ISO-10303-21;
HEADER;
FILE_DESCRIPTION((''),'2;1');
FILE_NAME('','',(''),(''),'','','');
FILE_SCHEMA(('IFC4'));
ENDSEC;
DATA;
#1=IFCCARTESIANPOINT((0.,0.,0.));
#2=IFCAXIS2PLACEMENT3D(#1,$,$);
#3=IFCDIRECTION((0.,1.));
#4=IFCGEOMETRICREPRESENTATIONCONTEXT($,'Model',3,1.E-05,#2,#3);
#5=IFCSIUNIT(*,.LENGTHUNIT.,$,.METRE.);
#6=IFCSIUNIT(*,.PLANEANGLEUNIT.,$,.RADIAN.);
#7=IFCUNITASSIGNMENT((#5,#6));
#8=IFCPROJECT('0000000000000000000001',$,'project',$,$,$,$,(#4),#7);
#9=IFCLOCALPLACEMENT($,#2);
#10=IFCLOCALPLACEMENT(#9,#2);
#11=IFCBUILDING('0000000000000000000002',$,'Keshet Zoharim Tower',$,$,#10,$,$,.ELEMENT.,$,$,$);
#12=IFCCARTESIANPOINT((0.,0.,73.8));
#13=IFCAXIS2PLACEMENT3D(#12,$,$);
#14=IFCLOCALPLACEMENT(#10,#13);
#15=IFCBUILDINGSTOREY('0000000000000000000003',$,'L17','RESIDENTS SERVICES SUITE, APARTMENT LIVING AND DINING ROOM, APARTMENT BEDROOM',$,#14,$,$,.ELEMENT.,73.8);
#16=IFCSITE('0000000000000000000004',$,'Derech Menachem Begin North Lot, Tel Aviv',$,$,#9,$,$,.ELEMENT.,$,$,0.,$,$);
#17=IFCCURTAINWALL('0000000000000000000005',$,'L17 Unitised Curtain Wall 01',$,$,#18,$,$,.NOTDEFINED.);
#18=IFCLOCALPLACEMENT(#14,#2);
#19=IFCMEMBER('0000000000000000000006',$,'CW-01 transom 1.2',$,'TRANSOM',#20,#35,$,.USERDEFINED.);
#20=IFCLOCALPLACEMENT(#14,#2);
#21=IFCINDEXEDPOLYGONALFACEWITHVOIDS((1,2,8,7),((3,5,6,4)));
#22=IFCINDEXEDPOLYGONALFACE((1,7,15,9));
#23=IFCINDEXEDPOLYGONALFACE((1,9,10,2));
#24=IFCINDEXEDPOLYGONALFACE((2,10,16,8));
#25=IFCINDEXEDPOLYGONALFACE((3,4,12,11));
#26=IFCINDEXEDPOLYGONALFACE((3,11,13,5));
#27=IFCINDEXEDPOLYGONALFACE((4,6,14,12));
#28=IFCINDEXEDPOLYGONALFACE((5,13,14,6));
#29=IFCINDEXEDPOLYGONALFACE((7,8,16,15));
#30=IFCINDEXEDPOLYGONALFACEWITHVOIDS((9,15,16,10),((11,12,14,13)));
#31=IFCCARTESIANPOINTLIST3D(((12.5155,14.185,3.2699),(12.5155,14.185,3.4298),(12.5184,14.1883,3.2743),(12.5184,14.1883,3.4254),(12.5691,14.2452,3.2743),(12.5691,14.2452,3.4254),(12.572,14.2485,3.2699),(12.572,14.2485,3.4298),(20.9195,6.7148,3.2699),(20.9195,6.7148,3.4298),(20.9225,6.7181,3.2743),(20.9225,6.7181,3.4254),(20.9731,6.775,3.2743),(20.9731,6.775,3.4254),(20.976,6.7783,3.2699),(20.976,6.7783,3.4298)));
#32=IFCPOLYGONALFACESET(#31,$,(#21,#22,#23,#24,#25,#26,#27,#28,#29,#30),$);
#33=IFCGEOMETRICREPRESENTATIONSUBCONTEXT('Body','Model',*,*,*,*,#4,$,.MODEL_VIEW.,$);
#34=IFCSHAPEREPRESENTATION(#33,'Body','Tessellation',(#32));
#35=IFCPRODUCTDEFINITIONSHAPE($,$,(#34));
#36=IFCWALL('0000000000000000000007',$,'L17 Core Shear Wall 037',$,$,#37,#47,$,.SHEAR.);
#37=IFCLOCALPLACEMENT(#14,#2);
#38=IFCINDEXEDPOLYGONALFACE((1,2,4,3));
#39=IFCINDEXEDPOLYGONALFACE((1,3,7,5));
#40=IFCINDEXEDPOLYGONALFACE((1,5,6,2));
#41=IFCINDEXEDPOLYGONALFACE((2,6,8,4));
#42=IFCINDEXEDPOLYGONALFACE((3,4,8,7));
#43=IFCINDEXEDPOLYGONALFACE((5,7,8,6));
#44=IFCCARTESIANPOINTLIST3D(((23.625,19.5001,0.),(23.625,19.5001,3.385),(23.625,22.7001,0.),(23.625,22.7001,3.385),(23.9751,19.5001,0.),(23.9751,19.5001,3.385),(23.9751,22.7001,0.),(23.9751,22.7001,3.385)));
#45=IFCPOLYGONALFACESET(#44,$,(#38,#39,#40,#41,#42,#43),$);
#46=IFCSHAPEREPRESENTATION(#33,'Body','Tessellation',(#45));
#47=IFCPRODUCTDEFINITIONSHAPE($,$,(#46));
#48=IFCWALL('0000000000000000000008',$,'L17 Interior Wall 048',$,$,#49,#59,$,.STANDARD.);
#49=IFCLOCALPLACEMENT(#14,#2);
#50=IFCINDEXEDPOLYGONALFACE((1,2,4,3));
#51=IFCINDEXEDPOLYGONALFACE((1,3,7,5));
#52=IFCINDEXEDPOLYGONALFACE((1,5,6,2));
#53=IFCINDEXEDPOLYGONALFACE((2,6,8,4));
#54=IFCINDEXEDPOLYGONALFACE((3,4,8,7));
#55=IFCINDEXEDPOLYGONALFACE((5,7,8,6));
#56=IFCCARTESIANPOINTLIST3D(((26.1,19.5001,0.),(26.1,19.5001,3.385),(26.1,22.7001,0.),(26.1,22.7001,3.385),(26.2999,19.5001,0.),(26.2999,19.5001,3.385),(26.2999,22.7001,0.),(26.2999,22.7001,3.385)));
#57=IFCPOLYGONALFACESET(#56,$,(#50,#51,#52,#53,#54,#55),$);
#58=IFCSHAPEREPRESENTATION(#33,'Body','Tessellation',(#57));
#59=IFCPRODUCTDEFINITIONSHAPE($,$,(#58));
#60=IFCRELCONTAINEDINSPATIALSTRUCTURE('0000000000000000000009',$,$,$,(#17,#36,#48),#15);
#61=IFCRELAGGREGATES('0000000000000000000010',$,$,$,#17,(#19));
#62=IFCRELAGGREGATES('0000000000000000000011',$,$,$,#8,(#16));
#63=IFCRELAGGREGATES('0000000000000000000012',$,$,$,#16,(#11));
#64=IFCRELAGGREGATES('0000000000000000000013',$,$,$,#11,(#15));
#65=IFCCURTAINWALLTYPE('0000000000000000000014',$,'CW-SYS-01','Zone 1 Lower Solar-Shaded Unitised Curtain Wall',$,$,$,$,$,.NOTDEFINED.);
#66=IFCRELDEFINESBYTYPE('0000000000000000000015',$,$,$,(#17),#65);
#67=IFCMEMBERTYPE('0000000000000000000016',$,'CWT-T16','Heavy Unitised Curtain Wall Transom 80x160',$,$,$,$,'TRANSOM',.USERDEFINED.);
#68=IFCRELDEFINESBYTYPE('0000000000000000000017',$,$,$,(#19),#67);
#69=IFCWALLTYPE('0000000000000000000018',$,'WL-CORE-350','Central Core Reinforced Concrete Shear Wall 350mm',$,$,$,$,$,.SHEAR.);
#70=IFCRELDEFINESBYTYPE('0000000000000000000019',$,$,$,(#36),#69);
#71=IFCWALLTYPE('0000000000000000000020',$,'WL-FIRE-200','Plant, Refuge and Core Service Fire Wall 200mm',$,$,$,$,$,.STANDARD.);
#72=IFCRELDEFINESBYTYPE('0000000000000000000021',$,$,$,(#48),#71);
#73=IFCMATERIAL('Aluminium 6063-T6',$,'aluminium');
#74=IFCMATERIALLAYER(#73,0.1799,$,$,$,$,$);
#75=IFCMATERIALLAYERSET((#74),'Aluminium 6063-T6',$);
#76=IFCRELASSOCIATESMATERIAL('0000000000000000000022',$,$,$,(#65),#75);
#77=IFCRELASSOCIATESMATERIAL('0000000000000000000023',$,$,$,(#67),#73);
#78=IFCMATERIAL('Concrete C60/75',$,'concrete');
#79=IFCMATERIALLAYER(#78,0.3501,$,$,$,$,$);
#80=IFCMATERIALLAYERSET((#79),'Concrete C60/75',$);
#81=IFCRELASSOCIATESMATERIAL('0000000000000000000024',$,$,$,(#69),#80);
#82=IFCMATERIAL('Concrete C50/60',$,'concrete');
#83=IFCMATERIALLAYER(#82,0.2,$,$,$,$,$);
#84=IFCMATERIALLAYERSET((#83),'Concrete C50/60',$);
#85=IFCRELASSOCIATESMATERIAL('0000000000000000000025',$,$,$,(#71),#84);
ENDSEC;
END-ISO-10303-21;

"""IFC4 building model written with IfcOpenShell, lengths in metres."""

from ifc_helpers import new_model, si_unit, direction, frame, frame_2d, origin, origin_2d, place, context, subcontext, project, spatial, rectangle, hollow_rectangle, extrude, material, layer, layer_set, material_profile, profile_set, type_object, element, aggregate, save


model = new_model("IFC4")

# Units and contexts
model_context = context("Model", 3, precision=1e-05, world=origin(), true_north=direction((0.0, 1.0)))
body_context = subcontext(model_context, "Body", "Model", "MODEL_VIEW")
ifc_project = project(units=[si_unit("LENGTHUNIT", "METRE"), si_unit("PLANEANGLEUNIT", "RADIAN")], contexts=[model_context])

# Site, building, storey
site_placement = place(None, origin())
site = spatial("IfcSite", under=ifc_project, at=site_placement, Name="Derech Menachem Begin North Lot, Tel Aviv", CompositionType="ELEMENT", RefElevation=0.0)
building_placement = place(site_placement, origin())
building = spatial("IfcBuilding", under=site, at=building_placement, Name="Keshet Zoharim Tower", CompositionType="ELEMENT")
storey_placement = place(building_placement, frame((0.0, 0.0, 73.8)))
storey = spatial("IfcBuildingStorey", under=building, at=storey_placement, Name="L17", Description="RESIDENTS SERVICES SUITE, APARTMENT LIVING AND DINING ROOM, APARTMENT BEDROOM", CompositionType="ELEMENT", Elevation=73.8)

# Shared definitions
ifc_material_1 = material(Name="Concrete C60/75", Category="concrete")

# Curtain wall, member
ifc_material_2 = material(Name="Aluminium 6063-T6", Category="aluminium")
ifc_layer_1 = layer(ifc_material_2, 0.1799)
ifc_layer_set_1 = layer_set([ifc_layer_1], Name="Aluminium 6063-T6")
curtain_wall_type = type_object("IfcCurtainWallType", Name="CW-SYS-01", Description="Zone 1 Lower Solar-Shaded Unitised Curtain Wall", PredefinedType="NOTDEFINED", material=ifc_layer_set_1)
curtain_wall_placement = place(storey_placement, origin())
curtain_wall = element("IfcCurtainWall", 1, at=curtain_wall_placement, inside=storey, type_object=curtain_wall_type, Name="L17 Unitised Curtain Wall 01", PredefinedType="NOTDEFINED")
ifc_material_profile_1 = material_profile(ifc_material_2, hollow_rectangle(XDim=0.085, YDim=0.1599, WallThickness=0.0044, at=origin_2d()), Name="TRN-85x160")
ifc_profile_set_1 = profile_set([ifc_material_profile_1], Name="Aluminium 6063-T6")
member_type_1 = type_object("IfcMemberType", Name="CWT-T16", Description="Heavy Unitised Curtain Wall Transom 80x160", ElementType="TRANSOM", PredefinedType="USERDEFINED", material=ifc_profile_set_1)
member_1_placement = place(storey_placement, frame((20.9478, 6.7466, 3.3499), z_axis=(-0.747412, 0.664361, 0.0), x_axis=(-0.664361, -0.747412, 0.0)))
member_1 = element("IfcMember", 2, at=member_1_placement, type_object=member_type_1, Name="CW-01 transom 1.2", ObjectType="TRANSOM", PredefinedType="USERDEFINED", context=body_context, shape_type="SweptSolid", body=[
    extrude(hollow_rectangle(XDim=0.085, YDim=0.1599, WallThickness=0.0044, at=origin_2d()), origin(), (0.0, 0.0, 1.0), 11.2441),
])
aggregate(curtain_wall, [member_1])

# Wall
ifc_layer_2 = layer(ifc_material_1, 0.3501)
ifc_layer_set_2 = layer_set([ifc_layer_2], Name="Concrete C60/75")
wall_type_1 = type_object("IfcWallType", Name="WL-CORE-350", Description="Central Core Reinforced Concrete Shear Wall 350mm", PredefinedType="SHEAR", material=ifc_layer_set_2)
wall_1_placement = place(storey_placement, frame((23.8, 19.5, 0.0), z_axis=(0.0, 0.0, 1.0), x_axis=(0.0, 1.0, 0.0)))
element("IfcWall", 3, at=wall_1_placement, inside=storey, type_object=wall_type_1, Name="L17 Core Shear Wall 037", PredefinedType="SHEAR", context=body_context, shape_type="SweptSolid", body=[
    extrude(rectangle(XDim=3.2, YDim=0.3501, at=frame_2d((1.6001, 0.0))), origin(), (0.0, 0.0, 1.0), 3.385),
])

# Wall
ifc_material_3 = material(Name="Concrete C50/60", Category="concrete")
ifc_layer_3 = layer(ifc_material_3, 0.2)
ifc_layer_set_3 = layer_set([ifc_layer_3], Name="Concrete C50/60")
wall_type_2 = type_object("IfcWallType", Name="WL-FIRE-200", Description="Plant, Refuge and Core Service Fire Wall 200mm", PredefinedType="STANDARD", material=ifc_layer_set_3)
wall_2_placement = place(storey_placement, frame((26.2, 19.5, 0.0), z_axis=(0.0, 0.0, 1.0), x_axis=(0.0, 1.0, 0.0)))
element("IfcWall", 4, at=wall_2_placement, inside=storey, type_object=wall_type_2, Name="L17 Interior Wall 048", PredefinedType="STANDARD", context=body_context, shape_type="SweptSolid", body=[
    extrude(rectangle(XDim=3.2, YDim=0.2, at=frame_2d((1.6001, 0.0))), origin(), (0.0, 0.0, 1.0), 3.385),
])

save(model, "model.ifc")
